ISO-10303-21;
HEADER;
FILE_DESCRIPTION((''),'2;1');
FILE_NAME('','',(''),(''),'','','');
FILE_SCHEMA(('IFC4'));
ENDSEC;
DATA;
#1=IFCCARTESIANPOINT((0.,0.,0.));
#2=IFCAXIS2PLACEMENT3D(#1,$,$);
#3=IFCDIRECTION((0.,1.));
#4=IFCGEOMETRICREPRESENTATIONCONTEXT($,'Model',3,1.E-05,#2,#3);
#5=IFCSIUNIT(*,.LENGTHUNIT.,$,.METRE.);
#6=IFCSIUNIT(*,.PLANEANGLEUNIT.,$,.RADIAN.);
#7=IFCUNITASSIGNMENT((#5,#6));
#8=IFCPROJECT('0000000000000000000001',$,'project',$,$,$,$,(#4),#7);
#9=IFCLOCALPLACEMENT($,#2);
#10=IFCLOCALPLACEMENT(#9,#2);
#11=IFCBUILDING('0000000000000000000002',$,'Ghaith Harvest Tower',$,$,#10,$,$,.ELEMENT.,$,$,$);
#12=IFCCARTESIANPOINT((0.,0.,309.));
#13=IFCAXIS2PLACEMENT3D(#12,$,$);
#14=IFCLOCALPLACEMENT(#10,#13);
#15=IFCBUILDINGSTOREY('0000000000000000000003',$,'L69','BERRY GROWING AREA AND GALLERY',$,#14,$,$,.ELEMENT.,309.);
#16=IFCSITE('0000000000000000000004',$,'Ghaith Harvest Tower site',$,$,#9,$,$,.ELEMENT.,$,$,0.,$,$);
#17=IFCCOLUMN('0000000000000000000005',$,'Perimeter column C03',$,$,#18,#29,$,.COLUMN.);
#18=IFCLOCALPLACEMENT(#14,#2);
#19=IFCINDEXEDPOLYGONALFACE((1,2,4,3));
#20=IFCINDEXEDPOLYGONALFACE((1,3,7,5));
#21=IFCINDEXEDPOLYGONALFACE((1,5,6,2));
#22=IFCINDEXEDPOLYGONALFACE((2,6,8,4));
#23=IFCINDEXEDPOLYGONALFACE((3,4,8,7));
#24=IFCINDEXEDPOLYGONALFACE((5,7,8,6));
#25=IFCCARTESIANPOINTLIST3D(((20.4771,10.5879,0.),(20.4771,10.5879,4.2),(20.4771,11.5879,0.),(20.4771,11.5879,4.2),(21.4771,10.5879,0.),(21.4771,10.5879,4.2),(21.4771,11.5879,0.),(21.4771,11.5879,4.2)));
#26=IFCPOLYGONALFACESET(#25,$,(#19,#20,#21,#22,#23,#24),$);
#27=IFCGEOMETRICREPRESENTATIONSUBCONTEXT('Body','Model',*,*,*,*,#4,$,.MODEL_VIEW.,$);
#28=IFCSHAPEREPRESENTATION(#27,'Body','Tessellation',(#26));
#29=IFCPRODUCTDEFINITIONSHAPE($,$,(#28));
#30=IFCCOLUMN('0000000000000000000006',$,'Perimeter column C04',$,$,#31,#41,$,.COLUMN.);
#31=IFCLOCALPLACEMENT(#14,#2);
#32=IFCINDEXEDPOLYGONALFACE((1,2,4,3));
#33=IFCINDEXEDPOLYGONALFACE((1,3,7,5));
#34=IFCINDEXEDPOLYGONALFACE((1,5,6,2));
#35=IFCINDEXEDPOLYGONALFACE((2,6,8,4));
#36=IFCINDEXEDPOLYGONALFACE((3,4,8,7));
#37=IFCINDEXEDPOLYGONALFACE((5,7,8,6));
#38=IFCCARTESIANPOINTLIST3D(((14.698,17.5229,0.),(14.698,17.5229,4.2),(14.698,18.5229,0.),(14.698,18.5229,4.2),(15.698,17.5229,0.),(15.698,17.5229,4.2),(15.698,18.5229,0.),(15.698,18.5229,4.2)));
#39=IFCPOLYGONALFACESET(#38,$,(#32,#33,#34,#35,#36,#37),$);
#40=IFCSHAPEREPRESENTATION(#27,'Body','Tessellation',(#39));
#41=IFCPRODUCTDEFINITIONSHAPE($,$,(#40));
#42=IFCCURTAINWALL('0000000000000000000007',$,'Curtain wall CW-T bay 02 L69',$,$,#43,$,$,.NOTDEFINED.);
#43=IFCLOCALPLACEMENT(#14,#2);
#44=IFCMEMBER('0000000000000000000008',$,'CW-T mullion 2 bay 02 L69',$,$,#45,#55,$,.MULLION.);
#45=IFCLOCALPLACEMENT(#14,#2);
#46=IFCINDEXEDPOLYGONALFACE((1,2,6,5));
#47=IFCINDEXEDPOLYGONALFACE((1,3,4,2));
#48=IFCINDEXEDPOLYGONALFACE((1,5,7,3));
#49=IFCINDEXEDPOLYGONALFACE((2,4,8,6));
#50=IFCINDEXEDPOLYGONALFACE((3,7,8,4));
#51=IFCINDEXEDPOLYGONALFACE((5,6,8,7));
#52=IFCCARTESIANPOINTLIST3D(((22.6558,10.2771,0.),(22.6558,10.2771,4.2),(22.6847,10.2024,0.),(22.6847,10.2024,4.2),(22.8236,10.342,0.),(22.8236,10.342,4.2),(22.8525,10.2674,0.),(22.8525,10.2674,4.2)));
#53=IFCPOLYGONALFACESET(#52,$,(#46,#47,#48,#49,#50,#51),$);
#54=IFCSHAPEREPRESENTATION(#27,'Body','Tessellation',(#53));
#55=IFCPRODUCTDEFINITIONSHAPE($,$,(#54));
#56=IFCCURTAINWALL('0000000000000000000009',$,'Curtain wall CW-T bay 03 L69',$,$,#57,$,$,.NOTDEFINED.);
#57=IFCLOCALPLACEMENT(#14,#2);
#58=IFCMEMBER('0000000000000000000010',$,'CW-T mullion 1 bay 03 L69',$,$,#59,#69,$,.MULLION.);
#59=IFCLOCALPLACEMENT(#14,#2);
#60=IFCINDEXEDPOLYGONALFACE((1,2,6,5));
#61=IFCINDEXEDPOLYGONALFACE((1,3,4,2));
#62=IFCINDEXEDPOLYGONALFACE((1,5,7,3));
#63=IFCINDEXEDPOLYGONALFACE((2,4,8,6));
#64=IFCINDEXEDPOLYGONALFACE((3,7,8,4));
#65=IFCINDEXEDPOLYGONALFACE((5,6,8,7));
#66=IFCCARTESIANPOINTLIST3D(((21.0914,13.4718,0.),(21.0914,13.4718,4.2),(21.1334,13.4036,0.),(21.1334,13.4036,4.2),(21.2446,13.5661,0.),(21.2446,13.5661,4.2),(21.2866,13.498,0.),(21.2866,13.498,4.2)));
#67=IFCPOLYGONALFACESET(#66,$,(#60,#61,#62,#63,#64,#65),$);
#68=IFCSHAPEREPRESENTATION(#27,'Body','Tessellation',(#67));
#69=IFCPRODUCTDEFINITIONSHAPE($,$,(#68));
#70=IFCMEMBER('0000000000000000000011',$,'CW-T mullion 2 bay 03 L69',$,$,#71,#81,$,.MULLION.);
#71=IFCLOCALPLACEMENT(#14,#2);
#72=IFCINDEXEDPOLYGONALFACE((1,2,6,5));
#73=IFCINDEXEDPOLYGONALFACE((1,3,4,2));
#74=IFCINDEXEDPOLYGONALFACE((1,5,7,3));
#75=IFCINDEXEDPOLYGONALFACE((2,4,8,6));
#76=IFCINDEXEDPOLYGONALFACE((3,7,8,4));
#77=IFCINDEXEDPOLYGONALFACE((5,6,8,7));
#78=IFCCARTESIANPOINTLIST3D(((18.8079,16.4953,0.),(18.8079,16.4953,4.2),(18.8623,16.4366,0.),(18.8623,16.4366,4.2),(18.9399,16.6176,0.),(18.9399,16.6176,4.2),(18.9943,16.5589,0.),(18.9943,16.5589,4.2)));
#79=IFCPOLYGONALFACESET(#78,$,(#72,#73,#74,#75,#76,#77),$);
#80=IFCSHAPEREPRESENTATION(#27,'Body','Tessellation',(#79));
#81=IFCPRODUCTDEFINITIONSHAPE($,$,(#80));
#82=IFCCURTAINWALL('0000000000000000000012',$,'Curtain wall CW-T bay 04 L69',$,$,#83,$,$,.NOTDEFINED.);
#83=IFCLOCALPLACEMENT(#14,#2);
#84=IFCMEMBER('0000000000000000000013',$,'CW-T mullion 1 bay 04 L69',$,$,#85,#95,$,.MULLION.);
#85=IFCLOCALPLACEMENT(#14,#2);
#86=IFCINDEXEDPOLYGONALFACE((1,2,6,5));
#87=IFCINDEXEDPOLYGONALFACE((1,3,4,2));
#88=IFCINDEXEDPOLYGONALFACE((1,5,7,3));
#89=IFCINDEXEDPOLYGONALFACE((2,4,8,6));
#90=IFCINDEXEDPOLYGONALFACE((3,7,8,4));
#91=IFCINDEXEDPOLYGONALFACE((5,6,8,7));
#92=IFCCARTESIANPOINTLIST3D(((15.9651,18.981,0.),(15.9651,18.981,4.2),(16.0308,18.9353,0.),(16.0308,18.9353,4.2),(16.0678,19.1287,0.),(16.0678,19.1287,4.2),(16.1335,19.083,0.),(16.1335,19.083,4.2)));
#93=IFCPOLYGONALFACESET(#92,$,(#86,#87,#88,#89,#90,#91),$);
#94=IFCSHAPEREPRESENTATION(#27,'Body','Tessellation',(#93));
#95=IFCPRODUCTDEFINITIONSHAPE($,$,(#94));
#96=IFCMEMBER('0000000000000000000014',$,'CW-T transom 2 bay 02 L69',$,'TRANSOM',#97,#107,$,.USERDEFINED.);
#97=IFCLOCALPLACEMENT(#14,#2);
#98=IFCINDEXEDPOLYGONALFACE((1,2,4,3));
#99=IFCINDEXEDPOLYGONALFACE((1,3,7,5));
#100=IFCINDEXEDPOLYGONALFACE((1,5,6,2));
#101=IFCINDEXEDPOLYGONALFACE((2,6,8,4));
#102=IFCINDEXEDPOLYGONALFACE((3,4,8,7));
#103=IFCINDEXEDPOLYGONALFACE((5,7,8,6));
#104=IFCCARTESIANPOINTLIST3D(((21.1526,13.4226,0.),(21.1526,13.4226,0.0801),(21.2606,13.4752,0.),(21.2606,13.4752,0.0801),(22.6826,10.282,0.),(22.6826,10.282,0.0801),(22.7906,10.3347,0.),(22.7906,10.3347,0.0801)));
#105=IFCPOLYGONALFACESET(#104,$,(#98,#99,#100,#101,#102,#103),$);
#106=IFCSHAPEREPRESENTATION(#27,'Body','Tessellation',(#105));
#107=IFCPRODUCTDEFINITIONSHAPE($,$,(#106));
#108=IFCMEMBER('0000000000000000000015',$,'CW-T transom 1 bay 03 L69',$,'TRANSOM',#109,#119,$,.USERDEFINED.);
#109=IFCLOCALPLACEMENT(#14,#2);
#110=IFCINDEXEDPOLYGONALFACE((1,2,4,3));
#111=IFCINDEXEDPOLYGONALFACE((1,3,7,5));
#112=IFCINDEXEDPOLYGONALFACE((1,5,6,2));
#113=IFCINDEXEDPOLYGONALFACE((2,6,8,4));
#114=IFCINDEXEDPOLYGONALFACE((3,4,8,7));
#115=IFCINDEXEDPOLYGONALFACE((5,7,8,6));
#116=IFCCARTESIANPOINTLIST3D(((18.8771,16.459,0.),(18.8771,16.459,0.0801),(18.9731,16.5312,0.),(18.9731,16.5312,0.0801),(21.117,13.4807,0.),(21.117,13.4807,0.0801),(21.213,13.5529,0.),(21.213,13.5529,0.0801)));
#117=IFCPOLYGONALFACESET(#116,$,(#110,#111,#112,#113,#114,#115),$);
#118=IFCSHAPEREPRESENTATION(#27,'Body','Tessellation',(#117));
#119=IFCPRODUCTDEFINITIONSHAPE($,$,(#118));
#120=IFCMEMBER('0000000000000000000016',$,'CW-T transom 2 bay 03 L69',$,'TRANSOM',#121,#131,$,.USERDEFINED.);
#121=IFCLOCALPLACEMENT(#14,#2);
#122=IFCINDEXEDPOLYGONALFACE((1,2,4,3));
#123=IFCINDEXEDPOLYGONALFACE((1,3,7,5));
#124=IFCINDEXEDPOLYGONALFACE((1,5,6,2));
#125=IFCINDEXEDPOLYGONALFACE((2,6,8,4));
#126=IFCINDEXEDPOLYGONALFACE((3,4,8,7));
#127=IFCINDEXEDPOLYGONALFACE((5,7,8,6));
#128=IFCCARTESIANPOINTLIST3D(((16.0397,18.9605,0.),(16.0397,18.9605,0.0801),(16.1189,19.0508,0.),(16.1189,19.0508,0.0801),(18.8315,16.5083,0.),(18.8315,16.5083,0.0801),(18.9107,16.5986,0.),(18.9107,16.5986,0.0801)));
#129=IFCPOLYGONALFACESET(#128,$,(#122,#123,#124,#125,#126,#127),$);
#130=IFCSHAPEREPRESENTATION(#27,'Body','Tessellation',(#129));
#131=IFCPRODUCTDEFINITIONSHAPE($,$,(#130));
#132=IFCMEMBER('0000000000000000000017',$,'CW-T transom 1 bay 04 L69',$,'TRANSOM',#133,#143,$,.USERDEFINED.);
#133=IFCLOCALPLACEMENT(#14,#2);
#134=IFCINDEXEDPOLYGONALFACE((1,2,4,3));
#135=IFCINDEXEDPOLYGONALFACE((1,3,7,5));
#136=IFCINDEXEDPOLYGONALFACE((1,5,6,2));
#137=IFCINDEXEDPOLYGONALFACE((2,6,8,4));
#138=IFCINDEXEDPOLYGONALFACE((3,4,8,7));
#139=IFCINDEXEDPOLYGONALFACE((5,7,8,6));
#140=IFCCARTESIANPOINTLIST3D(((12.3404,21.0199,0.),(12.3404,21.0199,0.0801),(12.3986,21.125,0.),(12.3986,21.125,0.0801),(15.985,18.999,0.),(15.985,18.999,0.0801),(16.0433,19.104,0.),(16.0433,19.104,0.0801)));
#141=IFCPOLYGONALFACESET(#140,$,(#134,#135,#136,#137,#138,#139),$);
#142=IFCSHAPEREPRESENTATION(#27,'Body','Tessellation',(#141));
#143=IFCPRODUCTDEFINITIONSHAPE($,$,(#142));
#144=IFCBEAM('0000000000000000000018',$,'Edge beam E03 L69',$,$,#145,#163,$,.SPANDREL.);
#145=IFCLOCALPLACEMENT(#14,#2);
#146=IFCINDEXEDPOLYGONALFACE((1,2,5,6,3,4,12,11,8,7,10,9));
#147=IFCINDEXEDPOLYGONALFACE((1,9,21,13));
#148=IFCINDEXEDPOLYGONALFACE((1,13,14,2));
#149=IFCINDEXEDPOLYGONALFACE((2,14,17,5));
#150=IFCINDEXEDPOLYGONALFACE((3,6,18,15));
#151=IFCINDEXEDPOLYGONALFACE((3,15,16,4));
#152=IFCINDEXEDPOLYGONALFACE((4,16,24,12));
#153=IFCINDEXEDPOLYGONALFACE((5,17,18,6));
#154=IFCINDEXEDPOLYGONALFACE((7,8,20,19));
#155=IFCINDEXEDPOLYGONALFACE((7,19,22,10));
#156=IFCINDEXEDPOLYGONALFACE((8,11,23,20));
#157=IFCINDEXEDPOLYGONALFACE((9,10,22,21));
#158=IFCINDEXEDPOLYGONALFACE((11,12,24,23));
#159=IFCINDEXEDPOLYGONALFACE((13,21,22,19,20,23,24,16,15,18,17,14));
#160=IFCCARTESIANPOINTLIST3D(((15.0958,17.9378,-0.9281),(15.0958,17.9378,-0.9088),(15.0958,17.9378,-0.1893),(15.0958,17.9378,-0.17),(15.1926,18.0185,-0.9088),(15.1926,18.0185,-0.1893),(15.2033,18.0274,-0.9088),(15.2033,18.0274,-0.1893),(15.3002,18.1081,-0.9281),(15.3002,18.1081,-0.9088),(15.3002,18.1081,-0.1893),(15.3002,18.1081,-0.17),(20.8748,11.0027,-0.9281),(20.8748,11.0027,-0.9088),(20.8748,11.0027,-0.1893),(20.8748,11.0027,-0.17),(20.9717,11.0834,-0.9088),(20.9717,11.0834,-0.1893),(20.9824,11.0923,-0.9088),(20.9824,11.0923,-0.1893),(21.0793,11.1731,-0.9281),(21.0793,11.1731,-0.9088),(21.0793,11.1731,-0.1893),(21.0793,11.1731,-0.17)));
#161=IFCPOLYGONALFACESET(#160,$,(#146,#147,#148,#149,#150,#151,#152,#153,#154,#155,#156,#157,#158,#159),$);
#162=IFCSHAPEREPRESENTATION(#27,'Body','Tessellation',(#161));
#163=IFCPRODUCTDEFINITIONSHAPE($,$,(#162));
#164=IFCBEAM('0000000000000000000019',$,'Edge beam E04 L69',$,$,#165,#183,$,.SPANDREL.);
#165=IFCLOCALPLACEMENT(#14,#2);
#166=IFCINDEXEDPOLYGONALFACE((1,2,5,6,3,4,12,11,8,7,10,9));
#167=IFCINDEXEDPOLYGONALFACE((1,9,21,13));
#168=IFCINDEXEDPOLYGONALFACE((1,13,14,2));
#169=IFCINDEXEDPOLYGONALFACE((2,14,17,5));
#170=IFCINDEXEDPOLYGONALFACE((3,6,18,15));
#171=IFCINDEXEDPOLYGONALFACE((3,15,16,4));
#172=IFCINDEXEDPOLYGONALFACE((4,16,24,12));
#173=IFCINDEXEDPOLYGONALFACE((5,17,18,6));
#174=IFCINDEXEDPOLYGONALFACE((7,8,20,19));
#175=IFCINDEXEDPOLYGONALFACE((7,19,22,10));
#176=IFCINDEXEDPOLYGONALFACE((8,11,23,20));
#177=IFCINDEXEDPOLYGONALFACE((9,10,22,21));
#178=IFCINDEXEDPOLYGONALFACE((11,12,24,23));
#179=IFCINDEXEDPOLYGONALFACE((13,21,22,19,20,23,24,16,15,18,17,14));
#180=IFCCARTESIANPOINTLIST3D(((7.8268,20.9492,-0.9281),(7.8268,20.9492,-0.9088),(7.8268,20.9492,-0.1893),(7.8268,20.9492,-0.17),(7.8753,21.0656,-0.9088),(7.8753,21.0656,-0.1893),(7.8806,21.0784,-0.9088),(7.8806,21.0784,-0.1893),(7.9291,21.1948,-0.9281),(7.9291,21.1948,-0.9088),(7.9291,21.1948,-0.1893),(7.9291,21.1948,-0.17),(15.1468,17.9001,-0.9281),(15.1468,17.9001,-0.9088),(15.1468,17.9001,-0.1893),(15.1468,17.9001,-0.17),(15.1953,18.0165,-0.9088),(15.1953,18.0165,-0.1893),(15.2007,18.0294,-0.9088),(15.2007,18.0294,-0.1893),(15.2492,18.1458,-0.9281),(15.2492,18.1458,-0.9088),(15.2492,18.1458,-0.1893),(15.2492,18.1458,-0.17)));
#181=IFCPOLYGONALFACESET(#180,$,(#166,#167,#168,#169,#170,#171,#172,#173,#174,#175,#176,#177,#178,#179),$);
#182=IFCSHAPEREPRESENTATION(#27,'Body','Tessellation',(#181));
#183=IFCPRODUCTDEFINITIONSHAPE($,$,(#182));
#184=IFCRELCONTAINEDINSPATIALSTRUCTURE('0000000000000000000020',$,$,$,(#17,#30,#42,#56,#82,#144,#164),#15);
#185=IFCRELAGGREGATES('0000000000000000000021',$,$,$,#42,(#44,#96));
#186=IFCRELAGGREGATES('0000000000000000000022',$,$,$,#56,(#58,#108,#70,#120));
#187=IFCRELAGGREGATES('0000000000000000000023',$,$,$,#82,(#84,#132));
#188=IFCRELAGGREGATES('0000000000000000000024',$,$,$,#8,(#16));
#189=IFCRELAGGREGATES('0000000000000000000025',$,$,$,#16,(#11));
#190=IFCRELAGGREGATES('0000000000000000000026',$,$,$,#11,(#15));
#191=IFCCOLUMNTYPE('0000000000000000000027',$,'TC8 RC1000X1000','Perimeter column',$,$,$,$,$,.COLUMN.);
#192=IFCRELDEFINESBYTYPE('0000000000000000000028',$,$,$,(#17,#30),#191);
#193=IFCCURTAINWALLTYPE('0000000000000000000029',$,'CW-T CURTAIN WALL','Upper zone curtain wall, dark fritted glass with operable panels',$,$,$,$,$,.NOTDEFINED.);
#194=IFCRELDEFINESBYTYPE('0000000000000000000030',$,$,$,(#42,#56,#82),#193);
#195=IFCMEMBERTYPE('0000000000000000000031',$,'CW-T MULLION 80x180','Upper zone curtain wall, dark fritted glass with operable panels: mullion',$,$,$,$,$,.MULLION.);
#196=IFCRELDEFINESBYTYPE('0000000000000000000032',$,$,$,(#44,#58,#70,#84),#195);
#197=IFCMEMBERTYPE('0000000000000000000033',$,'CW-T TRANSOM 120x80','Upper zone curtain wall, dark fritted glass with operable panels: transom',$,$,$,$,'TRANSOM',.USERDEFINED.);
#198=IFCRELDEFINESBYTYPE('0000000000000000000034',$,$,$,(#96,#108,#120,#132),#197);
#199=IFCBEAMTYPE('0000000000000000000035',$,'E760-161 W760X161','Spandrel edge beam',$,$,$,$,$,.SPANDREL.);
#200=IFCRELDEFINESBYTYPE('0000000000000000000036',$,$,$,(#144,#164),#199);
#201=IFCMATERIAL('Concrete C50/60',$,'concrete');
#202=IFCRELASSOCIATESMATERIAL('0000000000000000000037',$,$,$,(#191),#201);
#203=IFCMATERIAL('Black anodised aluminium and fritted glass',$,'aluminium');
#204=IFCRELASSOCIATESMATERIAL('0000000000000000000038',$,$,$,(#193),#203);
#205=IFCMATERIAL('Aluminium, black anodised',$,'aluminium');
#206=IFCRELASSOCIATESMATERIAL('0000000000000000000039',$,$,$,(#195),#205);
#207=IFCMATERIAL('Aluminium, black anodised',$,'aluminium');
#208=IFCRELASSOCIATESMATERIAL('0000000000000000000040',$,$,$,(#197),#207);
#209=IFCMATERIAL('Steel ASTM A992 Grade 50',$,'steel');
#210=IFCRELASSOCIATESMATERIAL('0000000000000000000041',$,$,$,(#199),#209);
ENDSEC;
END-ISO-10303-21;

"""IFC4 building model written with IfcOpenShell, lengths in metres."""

from ifc_helpers import new_model, si_unit, direction, frame, origin, origin_2d, place, context, subcontext, project, spatial, rectangle, i_section, extrude, material, material_profile, profile_set, type_object, element, aggregate, save


model = new_model("IFC4")

# Units and contexts
model_context = context("Model", 3, precision=1e-05, world=origin(), true_north=direction((0.0, 1.0)))
body_context = subcontext(model_context, "Body", "Model", "MODEL_VIEW")
ifc_project = project(units=[si_unit("LENGTHUNIT", "METRE"), si_unit("PLANEANGLEUNIT", "RADIAN")], contexts=[model_context])

# Site, building, storey
site_placement = place(None, origin())
site = spatial("IfcSite", under=ifc_project, at=site_placement, Name="Ghaith Harvest Tower site", CompositionType="ELEMENT", RefElevation=0.0)
building_placement = place(site_placement, origin())
building = spatial("IfcBuilding", under=site, at=building_placement, Name="Ghaith Harvest Tower", CompositionType="ELEMENT")
storey_placement = place(building_placement, frame((0.0, 0.0, 309.0)))
storey = spatial("IfcBuildingStorey", under=building, at=storey_placement, Name="L69", Description="BERRY GROWING AREA AND GALLERY", CompositionType="ELEMENT", Elevation=309.0)

# Columns
ifc_material_1 = material(Name="Concrete C50/60", Category="concrete")
ifc_material_profile_1 = material_profile(ifc_material_1, rectangle(XDim=1.0, YDim=1.0, at=origin_2d()), Name="RC1000X1000")
ifc_profile_set_1 = profile_set([ifc_material_profile_1], Name="Concrete C50/60")
column_type = type_object("IfcColumnType", Name="TC8 RC1000X1000", Description="Perimeter column", PredefinedType="COLUMN", material=ifc_profile_set_1)
for number, where, z_axis, x_axis, name in (
    (1, (20.9771, 11.0879, 0.0), (0.0, 0.0, 1.0), (1.0, 0.0, 0.0), "Perimeter column C03"),
    (2, (15.198, 18.0229, 0.0), (0.0, 0.0, 1.0), (1.0, 0.0, 0.0), "Perimeter column C04"),
):
    element("IfcColumn", number, at=place(storey_placement, frame(where, z_axis=z_axis, x_axis=x_axis)), inside=storey, type_object=column_type, Name=name, PredefinedType="COLUMN", context=body_context, shape_type="SweptSolid", body=[
        extrude(rectangle(XDim=1.0, YDim=1.0, at=origin_2d()), origin(), (0.0, 0.0, 1.0), 4.2),
    ])

# Curtain wall, member
ifc_material_2 = material(Name="Black anodised aluminium and fritted glass", Category="aluminium")
curtain_wall_type = type_object("IfcCurtainWallType", Name="CW-T CURTAIN WALL", Description="Upper zone curtain wall, dark fritted glass with operable panels", PredefinedType="NOTDEFINED", material=ifc_material_2)
curtain_wall_1_placement = place(storey_placement, origin())
curtain_wall_1 = element("IfcCurtainWall", 3, at=curtain_wall_1_placement, inside=storey, type_object=curtain_wall_type, Name="Curtain wall CW-T bay 02 L69", PredefinedType="NOTDEFINED")
ifc_material_3 = material(Name="Aluminium, black anodised", Category="aluminium")
ifc_material_profile_2 = material_profile(ifc_material_3, rectangle(XDim=0.0801, YDim=0.1799, at=origin_2d()), Name="CW-T MULLION 80x180")
ifc_profile_set_2 = profile_set([ifc_material_profile_2], Name="Aluminium, black anodised")
member_type_1 = type_object("IfcMemberType", Name="CW-T MULLION 80x180", Description="Upper zone curtain wall, dark fritted glass with operable panels: mullion", PredefinedType="MULLION", material=ifc_profile_set_2)
member_1_placement = place(storey_placement, frame((22.7542, 10.2722, 0.0), z_axis=(0.0, 0.0, 1.0), x_axis=(-0.361184, 0.932494, 0.0)))
member_1 = element("IfcMember", 4, at=member_1_placement, type_object=member_type_1, Name="CW-T mullion 2 bay 02 L69", PredefinedType="MULLION", context=body_context, shape_type="SweptSolid", body=[
    extrude(rectangle(XDim=0.0801, YDim=0.1799, at=origin_2d()), origin(), (0.0, 0.0, 1.0), 4.2),
])

# Curtain wall, members
curtain_wall_2_placement = place(storey_placement, origin())
curtain_wall_2 = element("IfcCurtainWall", 5, at=curtain_wall_2_placement, inside=storey, type_object=curtain_wall_type, Name="Curtain wall CW-T bay 03 L69", PredefinedType="NOTDEFINED")
member_2_placement = place(storey_placement, frame((21.189, 13.4849, 0.0), z_axis=(0.0, 0.0, 1.0), x_axis=(-0.524482, 0.851421, 0.0)))
member_2 = element("IfcMember", 6, at=member_2_placement, type_object=member_type_1, Name="CW-T mullion 1 bay 03 L69", PredefinedType="MULLION", context=body_context, shape_type="SweptSolid", body=[
    extrude(rectangle(XDim=0.0801, YDim=0.1799, at=origin_2d()), origin(), (0.0, 0.0, 1.0), 4.2),
])
member_3_placement = place(storey_placement, frame((18.9011, 16.5271, 0.0), z_axis=(0.0, 0.0, 1.0), x_axis=(-0.679661, 0.733526, 0.0)))
member_3 = element("IfcMember", 7, at=member_3_placement, type_object=member_type_1, Name="CW-T mullion 2 bay 03 L69", PredefinedType="MULLION", context=body_context, shape_type="SweptSolid", body=[
    extrude(rectangle(XDim=0.0801, YDim=0.1799, at=origin_2d()), origin(), (0.0, 0.0, 1.0), 4.2),
])

# Curtain wall, member
curtain_wall_3_placement = place(storey_placement, origin())
curtain_wall_3 = element("IfcCurtainWall", 8, at=curtain_wall_3_placement, inside=storey, type_object=curtain_wall_type, Name="Curtain wall CW-T bay 04 L69", PredefinedType="NOTDEFINED")
member_4_placement = place(storey_placement, frame((16.0493, 19.032, 0.0), z_axis=(0.0, 0.0, 1.0), x_axis=(-0.821112, 0.570767, 0.0)))
member_4 = element("IfcMember", 9, at=member_4_placement, type_object=member_type_1, Name="CW-T mullion 1 bay 04 L69", PredefinedType="MULLION", context=body_context, shape_type="SweptSolid", body=[
    extrude(rectangle(XDim=0.0801, YDim=0.1799, at=origin_2d()), origin(), (0.0, 0.0, 1.0), 4.2),
])

# Members
ifc_material_4 = material(Name="Aluminium, black anodised", Category="aluminium")
ifc_material_profile_3 = material_profile(ifc_material_4, rectangle(XDim=0.1201, YDim=0.0801, at=origin_2d()), Name="CW-T TRANSOM 120x80")
ifc_profile_set_3 = profile_set([ifc_material_profile_3], Name="Aluminium, black anodised")
member_type_2 = type_object("IfcMemberType", Name="CW-T TRANSOM 120x80", Description="Upper zone curtain wall, dark fritted glass with operable panels: transom", ElementType="TRANSOM", PredefinedType="USERDEFINED", material=ifc_profile_set_3)
member_5_placement = place(storey_placement, frame((22.7366, 10.3083, 0.04), z_axis=(-0.437965, 0.898992, 0.0), x_axis=(-0.898992, -0.437965, 0.0)))
member_5 = element("IfcMember", 10, at=member_5_placement, type_object=member_type_2, Name="CW-T transom 2 bay 02 L69", ObjectType="TRANSOM", PredefinedType="USERDEFINED", context=body_context, shape_type="SweptSolid", body=[
    extrude(rectangle(XDim=0.1201, YDim=0.0801, at=origin_2d()), origin(), (0.0, 0.0, 1.0), 3.4934),
])
member_6_placement = place(storey_placement, frame((21.165, 13.5168, 0.04), z_axis=(-0.601079, 0.79919, 0.0), x_axis=(-0.79919, -0.601079, 0.0)))
member_6 = element("IfcMember", 11, at=member_6_placement, type_object=member_type_2, Name="CW-T transom 1 bay 03 L69", ObjectType="TRANSOM", PredefinedType="USERDEFINED", context=body_context, shape_type="SweptSolid", body=[
    extrude(rectangle(XDim=0.1201, YDim=0.0801, at=origin_2d()), origin(), (0.0, 0.0, 1.0), 3.7266),
])
member_7_placement = place(storey_placement, frame((18.8711, 16.5535, 0.04), z_axis=(-0.751326, 0.659931, 0.0), x_axis=(-0.659931, -0.751326, 0.0)))
member_7 = element("IfcMember", 12, at=member_7_placement, type_object=member_type_2, Name="CW-T transom 2 bay 03 L69", ObjectType="TRANSOM", PredefinedType="USERDEFINED", context=body_context, shape_type="SweptSolid", body=[
    extrude(rectangle(XDim=0.1201, YDim=0.0801, at=origin_2d()), origin(), (0.0, 0.0, 1.0), 3.7158),
])
member_8_placement = place(storey_placement, frame((16.0142, 19.0515, 0.04), z_axis=(-0.874552, 0.484932, 0.0), x_axis=(-0.484932, -0.874552, 0.0)))
member_8 = element("IfcMember", 13, at=member_8_placement, type_object=member_type_2, Name="CW-T transom 1 bay 04 L69", ObjectType="TRANSOM", PredefinedType="USERDEFINED", context=body_context, shape_type="SweptSolid", body=[
    extrude(rectangle(XDim=0.1201, YDim=0.0801, at=origin_2d()), origin(), (0.0, 0.0, 1.0), 4.1675),
])

# Beams
ifc_material_5 = material(Name="Steel ASTM A992 Grade 50", Category="steel")
ifc_material_profile_4 = material_profile(ifc_material_5, i_section(OverallWidth=0.2661, OverallDepth=0.7581, WebThickness=0.0139, FlangeThickness=0.0193, at=origin_2d()), Name="W760X161")
ifc_profile_set_4 = profile_set([ifc_material_profile_4], Name="Steel ASTM A992 Grade 50")
beam_type_1 = type_object("IfcBeamType", Name="E760-161 W760X161", Description="Spandrel edge beam", PredefinedType="SPANDREL", material=ifc_profile_set_4)
beam_1_placement = place(storey_placement, frame((20.9771, 11.0879, -0.5491), z_axis=(-0.640174, 0.76823, 0.0), x_axis=(-0.76823, -0.640174, 0.0)))
element("IfcBeam", 14, at=beam_1_placement, inside=storey, type_object=beam_type_1, Name="Edge beam E03 L69", PredefinedType="SPANDREL", context=body_context, shape_type="SweptSolid", body=[
    extrude(i_section(OverallWidth=0.2661, OverallDepth=0.7581, WebThickness=0.0139, FlangeThickness=0.0193, at=origin_2d()), origin(), (0.0, 0.0, 1.0), 9.0273),
])
beam_2_placement = place(storey_placement, frame((15.198, 18.0229, -0.5491), z_axis=(-0.92312, 0.384513, 0.0), x_axis=(-0.384513, -0.92312, 0.0)))
element("IfcBeam", 15, at=beam_2_placement, inside=storey, type_object=beam_type_1, Name="Edge beam E04 L69", PredefinedType="SPANDREL", context=body_context, shape_type="SweptSolid", body=[
    extrude(i_section(OverallWidth=0.2661, OverallDepth=0.7581, WebThickness=0.0139, FlangeThickness=0.0193, at=origin_2d()), origin(), (0.0, 0.0, 1.0), 7.9297),
])

aggregate(curtain_wall_1, [member_1, member_5])
aggregate(curtain_wall_2, [member_2, member_6, member_3, member_7])
aggregate(curtain_wall_3, [member_4, member_8])

save(model, "model.ifc")
